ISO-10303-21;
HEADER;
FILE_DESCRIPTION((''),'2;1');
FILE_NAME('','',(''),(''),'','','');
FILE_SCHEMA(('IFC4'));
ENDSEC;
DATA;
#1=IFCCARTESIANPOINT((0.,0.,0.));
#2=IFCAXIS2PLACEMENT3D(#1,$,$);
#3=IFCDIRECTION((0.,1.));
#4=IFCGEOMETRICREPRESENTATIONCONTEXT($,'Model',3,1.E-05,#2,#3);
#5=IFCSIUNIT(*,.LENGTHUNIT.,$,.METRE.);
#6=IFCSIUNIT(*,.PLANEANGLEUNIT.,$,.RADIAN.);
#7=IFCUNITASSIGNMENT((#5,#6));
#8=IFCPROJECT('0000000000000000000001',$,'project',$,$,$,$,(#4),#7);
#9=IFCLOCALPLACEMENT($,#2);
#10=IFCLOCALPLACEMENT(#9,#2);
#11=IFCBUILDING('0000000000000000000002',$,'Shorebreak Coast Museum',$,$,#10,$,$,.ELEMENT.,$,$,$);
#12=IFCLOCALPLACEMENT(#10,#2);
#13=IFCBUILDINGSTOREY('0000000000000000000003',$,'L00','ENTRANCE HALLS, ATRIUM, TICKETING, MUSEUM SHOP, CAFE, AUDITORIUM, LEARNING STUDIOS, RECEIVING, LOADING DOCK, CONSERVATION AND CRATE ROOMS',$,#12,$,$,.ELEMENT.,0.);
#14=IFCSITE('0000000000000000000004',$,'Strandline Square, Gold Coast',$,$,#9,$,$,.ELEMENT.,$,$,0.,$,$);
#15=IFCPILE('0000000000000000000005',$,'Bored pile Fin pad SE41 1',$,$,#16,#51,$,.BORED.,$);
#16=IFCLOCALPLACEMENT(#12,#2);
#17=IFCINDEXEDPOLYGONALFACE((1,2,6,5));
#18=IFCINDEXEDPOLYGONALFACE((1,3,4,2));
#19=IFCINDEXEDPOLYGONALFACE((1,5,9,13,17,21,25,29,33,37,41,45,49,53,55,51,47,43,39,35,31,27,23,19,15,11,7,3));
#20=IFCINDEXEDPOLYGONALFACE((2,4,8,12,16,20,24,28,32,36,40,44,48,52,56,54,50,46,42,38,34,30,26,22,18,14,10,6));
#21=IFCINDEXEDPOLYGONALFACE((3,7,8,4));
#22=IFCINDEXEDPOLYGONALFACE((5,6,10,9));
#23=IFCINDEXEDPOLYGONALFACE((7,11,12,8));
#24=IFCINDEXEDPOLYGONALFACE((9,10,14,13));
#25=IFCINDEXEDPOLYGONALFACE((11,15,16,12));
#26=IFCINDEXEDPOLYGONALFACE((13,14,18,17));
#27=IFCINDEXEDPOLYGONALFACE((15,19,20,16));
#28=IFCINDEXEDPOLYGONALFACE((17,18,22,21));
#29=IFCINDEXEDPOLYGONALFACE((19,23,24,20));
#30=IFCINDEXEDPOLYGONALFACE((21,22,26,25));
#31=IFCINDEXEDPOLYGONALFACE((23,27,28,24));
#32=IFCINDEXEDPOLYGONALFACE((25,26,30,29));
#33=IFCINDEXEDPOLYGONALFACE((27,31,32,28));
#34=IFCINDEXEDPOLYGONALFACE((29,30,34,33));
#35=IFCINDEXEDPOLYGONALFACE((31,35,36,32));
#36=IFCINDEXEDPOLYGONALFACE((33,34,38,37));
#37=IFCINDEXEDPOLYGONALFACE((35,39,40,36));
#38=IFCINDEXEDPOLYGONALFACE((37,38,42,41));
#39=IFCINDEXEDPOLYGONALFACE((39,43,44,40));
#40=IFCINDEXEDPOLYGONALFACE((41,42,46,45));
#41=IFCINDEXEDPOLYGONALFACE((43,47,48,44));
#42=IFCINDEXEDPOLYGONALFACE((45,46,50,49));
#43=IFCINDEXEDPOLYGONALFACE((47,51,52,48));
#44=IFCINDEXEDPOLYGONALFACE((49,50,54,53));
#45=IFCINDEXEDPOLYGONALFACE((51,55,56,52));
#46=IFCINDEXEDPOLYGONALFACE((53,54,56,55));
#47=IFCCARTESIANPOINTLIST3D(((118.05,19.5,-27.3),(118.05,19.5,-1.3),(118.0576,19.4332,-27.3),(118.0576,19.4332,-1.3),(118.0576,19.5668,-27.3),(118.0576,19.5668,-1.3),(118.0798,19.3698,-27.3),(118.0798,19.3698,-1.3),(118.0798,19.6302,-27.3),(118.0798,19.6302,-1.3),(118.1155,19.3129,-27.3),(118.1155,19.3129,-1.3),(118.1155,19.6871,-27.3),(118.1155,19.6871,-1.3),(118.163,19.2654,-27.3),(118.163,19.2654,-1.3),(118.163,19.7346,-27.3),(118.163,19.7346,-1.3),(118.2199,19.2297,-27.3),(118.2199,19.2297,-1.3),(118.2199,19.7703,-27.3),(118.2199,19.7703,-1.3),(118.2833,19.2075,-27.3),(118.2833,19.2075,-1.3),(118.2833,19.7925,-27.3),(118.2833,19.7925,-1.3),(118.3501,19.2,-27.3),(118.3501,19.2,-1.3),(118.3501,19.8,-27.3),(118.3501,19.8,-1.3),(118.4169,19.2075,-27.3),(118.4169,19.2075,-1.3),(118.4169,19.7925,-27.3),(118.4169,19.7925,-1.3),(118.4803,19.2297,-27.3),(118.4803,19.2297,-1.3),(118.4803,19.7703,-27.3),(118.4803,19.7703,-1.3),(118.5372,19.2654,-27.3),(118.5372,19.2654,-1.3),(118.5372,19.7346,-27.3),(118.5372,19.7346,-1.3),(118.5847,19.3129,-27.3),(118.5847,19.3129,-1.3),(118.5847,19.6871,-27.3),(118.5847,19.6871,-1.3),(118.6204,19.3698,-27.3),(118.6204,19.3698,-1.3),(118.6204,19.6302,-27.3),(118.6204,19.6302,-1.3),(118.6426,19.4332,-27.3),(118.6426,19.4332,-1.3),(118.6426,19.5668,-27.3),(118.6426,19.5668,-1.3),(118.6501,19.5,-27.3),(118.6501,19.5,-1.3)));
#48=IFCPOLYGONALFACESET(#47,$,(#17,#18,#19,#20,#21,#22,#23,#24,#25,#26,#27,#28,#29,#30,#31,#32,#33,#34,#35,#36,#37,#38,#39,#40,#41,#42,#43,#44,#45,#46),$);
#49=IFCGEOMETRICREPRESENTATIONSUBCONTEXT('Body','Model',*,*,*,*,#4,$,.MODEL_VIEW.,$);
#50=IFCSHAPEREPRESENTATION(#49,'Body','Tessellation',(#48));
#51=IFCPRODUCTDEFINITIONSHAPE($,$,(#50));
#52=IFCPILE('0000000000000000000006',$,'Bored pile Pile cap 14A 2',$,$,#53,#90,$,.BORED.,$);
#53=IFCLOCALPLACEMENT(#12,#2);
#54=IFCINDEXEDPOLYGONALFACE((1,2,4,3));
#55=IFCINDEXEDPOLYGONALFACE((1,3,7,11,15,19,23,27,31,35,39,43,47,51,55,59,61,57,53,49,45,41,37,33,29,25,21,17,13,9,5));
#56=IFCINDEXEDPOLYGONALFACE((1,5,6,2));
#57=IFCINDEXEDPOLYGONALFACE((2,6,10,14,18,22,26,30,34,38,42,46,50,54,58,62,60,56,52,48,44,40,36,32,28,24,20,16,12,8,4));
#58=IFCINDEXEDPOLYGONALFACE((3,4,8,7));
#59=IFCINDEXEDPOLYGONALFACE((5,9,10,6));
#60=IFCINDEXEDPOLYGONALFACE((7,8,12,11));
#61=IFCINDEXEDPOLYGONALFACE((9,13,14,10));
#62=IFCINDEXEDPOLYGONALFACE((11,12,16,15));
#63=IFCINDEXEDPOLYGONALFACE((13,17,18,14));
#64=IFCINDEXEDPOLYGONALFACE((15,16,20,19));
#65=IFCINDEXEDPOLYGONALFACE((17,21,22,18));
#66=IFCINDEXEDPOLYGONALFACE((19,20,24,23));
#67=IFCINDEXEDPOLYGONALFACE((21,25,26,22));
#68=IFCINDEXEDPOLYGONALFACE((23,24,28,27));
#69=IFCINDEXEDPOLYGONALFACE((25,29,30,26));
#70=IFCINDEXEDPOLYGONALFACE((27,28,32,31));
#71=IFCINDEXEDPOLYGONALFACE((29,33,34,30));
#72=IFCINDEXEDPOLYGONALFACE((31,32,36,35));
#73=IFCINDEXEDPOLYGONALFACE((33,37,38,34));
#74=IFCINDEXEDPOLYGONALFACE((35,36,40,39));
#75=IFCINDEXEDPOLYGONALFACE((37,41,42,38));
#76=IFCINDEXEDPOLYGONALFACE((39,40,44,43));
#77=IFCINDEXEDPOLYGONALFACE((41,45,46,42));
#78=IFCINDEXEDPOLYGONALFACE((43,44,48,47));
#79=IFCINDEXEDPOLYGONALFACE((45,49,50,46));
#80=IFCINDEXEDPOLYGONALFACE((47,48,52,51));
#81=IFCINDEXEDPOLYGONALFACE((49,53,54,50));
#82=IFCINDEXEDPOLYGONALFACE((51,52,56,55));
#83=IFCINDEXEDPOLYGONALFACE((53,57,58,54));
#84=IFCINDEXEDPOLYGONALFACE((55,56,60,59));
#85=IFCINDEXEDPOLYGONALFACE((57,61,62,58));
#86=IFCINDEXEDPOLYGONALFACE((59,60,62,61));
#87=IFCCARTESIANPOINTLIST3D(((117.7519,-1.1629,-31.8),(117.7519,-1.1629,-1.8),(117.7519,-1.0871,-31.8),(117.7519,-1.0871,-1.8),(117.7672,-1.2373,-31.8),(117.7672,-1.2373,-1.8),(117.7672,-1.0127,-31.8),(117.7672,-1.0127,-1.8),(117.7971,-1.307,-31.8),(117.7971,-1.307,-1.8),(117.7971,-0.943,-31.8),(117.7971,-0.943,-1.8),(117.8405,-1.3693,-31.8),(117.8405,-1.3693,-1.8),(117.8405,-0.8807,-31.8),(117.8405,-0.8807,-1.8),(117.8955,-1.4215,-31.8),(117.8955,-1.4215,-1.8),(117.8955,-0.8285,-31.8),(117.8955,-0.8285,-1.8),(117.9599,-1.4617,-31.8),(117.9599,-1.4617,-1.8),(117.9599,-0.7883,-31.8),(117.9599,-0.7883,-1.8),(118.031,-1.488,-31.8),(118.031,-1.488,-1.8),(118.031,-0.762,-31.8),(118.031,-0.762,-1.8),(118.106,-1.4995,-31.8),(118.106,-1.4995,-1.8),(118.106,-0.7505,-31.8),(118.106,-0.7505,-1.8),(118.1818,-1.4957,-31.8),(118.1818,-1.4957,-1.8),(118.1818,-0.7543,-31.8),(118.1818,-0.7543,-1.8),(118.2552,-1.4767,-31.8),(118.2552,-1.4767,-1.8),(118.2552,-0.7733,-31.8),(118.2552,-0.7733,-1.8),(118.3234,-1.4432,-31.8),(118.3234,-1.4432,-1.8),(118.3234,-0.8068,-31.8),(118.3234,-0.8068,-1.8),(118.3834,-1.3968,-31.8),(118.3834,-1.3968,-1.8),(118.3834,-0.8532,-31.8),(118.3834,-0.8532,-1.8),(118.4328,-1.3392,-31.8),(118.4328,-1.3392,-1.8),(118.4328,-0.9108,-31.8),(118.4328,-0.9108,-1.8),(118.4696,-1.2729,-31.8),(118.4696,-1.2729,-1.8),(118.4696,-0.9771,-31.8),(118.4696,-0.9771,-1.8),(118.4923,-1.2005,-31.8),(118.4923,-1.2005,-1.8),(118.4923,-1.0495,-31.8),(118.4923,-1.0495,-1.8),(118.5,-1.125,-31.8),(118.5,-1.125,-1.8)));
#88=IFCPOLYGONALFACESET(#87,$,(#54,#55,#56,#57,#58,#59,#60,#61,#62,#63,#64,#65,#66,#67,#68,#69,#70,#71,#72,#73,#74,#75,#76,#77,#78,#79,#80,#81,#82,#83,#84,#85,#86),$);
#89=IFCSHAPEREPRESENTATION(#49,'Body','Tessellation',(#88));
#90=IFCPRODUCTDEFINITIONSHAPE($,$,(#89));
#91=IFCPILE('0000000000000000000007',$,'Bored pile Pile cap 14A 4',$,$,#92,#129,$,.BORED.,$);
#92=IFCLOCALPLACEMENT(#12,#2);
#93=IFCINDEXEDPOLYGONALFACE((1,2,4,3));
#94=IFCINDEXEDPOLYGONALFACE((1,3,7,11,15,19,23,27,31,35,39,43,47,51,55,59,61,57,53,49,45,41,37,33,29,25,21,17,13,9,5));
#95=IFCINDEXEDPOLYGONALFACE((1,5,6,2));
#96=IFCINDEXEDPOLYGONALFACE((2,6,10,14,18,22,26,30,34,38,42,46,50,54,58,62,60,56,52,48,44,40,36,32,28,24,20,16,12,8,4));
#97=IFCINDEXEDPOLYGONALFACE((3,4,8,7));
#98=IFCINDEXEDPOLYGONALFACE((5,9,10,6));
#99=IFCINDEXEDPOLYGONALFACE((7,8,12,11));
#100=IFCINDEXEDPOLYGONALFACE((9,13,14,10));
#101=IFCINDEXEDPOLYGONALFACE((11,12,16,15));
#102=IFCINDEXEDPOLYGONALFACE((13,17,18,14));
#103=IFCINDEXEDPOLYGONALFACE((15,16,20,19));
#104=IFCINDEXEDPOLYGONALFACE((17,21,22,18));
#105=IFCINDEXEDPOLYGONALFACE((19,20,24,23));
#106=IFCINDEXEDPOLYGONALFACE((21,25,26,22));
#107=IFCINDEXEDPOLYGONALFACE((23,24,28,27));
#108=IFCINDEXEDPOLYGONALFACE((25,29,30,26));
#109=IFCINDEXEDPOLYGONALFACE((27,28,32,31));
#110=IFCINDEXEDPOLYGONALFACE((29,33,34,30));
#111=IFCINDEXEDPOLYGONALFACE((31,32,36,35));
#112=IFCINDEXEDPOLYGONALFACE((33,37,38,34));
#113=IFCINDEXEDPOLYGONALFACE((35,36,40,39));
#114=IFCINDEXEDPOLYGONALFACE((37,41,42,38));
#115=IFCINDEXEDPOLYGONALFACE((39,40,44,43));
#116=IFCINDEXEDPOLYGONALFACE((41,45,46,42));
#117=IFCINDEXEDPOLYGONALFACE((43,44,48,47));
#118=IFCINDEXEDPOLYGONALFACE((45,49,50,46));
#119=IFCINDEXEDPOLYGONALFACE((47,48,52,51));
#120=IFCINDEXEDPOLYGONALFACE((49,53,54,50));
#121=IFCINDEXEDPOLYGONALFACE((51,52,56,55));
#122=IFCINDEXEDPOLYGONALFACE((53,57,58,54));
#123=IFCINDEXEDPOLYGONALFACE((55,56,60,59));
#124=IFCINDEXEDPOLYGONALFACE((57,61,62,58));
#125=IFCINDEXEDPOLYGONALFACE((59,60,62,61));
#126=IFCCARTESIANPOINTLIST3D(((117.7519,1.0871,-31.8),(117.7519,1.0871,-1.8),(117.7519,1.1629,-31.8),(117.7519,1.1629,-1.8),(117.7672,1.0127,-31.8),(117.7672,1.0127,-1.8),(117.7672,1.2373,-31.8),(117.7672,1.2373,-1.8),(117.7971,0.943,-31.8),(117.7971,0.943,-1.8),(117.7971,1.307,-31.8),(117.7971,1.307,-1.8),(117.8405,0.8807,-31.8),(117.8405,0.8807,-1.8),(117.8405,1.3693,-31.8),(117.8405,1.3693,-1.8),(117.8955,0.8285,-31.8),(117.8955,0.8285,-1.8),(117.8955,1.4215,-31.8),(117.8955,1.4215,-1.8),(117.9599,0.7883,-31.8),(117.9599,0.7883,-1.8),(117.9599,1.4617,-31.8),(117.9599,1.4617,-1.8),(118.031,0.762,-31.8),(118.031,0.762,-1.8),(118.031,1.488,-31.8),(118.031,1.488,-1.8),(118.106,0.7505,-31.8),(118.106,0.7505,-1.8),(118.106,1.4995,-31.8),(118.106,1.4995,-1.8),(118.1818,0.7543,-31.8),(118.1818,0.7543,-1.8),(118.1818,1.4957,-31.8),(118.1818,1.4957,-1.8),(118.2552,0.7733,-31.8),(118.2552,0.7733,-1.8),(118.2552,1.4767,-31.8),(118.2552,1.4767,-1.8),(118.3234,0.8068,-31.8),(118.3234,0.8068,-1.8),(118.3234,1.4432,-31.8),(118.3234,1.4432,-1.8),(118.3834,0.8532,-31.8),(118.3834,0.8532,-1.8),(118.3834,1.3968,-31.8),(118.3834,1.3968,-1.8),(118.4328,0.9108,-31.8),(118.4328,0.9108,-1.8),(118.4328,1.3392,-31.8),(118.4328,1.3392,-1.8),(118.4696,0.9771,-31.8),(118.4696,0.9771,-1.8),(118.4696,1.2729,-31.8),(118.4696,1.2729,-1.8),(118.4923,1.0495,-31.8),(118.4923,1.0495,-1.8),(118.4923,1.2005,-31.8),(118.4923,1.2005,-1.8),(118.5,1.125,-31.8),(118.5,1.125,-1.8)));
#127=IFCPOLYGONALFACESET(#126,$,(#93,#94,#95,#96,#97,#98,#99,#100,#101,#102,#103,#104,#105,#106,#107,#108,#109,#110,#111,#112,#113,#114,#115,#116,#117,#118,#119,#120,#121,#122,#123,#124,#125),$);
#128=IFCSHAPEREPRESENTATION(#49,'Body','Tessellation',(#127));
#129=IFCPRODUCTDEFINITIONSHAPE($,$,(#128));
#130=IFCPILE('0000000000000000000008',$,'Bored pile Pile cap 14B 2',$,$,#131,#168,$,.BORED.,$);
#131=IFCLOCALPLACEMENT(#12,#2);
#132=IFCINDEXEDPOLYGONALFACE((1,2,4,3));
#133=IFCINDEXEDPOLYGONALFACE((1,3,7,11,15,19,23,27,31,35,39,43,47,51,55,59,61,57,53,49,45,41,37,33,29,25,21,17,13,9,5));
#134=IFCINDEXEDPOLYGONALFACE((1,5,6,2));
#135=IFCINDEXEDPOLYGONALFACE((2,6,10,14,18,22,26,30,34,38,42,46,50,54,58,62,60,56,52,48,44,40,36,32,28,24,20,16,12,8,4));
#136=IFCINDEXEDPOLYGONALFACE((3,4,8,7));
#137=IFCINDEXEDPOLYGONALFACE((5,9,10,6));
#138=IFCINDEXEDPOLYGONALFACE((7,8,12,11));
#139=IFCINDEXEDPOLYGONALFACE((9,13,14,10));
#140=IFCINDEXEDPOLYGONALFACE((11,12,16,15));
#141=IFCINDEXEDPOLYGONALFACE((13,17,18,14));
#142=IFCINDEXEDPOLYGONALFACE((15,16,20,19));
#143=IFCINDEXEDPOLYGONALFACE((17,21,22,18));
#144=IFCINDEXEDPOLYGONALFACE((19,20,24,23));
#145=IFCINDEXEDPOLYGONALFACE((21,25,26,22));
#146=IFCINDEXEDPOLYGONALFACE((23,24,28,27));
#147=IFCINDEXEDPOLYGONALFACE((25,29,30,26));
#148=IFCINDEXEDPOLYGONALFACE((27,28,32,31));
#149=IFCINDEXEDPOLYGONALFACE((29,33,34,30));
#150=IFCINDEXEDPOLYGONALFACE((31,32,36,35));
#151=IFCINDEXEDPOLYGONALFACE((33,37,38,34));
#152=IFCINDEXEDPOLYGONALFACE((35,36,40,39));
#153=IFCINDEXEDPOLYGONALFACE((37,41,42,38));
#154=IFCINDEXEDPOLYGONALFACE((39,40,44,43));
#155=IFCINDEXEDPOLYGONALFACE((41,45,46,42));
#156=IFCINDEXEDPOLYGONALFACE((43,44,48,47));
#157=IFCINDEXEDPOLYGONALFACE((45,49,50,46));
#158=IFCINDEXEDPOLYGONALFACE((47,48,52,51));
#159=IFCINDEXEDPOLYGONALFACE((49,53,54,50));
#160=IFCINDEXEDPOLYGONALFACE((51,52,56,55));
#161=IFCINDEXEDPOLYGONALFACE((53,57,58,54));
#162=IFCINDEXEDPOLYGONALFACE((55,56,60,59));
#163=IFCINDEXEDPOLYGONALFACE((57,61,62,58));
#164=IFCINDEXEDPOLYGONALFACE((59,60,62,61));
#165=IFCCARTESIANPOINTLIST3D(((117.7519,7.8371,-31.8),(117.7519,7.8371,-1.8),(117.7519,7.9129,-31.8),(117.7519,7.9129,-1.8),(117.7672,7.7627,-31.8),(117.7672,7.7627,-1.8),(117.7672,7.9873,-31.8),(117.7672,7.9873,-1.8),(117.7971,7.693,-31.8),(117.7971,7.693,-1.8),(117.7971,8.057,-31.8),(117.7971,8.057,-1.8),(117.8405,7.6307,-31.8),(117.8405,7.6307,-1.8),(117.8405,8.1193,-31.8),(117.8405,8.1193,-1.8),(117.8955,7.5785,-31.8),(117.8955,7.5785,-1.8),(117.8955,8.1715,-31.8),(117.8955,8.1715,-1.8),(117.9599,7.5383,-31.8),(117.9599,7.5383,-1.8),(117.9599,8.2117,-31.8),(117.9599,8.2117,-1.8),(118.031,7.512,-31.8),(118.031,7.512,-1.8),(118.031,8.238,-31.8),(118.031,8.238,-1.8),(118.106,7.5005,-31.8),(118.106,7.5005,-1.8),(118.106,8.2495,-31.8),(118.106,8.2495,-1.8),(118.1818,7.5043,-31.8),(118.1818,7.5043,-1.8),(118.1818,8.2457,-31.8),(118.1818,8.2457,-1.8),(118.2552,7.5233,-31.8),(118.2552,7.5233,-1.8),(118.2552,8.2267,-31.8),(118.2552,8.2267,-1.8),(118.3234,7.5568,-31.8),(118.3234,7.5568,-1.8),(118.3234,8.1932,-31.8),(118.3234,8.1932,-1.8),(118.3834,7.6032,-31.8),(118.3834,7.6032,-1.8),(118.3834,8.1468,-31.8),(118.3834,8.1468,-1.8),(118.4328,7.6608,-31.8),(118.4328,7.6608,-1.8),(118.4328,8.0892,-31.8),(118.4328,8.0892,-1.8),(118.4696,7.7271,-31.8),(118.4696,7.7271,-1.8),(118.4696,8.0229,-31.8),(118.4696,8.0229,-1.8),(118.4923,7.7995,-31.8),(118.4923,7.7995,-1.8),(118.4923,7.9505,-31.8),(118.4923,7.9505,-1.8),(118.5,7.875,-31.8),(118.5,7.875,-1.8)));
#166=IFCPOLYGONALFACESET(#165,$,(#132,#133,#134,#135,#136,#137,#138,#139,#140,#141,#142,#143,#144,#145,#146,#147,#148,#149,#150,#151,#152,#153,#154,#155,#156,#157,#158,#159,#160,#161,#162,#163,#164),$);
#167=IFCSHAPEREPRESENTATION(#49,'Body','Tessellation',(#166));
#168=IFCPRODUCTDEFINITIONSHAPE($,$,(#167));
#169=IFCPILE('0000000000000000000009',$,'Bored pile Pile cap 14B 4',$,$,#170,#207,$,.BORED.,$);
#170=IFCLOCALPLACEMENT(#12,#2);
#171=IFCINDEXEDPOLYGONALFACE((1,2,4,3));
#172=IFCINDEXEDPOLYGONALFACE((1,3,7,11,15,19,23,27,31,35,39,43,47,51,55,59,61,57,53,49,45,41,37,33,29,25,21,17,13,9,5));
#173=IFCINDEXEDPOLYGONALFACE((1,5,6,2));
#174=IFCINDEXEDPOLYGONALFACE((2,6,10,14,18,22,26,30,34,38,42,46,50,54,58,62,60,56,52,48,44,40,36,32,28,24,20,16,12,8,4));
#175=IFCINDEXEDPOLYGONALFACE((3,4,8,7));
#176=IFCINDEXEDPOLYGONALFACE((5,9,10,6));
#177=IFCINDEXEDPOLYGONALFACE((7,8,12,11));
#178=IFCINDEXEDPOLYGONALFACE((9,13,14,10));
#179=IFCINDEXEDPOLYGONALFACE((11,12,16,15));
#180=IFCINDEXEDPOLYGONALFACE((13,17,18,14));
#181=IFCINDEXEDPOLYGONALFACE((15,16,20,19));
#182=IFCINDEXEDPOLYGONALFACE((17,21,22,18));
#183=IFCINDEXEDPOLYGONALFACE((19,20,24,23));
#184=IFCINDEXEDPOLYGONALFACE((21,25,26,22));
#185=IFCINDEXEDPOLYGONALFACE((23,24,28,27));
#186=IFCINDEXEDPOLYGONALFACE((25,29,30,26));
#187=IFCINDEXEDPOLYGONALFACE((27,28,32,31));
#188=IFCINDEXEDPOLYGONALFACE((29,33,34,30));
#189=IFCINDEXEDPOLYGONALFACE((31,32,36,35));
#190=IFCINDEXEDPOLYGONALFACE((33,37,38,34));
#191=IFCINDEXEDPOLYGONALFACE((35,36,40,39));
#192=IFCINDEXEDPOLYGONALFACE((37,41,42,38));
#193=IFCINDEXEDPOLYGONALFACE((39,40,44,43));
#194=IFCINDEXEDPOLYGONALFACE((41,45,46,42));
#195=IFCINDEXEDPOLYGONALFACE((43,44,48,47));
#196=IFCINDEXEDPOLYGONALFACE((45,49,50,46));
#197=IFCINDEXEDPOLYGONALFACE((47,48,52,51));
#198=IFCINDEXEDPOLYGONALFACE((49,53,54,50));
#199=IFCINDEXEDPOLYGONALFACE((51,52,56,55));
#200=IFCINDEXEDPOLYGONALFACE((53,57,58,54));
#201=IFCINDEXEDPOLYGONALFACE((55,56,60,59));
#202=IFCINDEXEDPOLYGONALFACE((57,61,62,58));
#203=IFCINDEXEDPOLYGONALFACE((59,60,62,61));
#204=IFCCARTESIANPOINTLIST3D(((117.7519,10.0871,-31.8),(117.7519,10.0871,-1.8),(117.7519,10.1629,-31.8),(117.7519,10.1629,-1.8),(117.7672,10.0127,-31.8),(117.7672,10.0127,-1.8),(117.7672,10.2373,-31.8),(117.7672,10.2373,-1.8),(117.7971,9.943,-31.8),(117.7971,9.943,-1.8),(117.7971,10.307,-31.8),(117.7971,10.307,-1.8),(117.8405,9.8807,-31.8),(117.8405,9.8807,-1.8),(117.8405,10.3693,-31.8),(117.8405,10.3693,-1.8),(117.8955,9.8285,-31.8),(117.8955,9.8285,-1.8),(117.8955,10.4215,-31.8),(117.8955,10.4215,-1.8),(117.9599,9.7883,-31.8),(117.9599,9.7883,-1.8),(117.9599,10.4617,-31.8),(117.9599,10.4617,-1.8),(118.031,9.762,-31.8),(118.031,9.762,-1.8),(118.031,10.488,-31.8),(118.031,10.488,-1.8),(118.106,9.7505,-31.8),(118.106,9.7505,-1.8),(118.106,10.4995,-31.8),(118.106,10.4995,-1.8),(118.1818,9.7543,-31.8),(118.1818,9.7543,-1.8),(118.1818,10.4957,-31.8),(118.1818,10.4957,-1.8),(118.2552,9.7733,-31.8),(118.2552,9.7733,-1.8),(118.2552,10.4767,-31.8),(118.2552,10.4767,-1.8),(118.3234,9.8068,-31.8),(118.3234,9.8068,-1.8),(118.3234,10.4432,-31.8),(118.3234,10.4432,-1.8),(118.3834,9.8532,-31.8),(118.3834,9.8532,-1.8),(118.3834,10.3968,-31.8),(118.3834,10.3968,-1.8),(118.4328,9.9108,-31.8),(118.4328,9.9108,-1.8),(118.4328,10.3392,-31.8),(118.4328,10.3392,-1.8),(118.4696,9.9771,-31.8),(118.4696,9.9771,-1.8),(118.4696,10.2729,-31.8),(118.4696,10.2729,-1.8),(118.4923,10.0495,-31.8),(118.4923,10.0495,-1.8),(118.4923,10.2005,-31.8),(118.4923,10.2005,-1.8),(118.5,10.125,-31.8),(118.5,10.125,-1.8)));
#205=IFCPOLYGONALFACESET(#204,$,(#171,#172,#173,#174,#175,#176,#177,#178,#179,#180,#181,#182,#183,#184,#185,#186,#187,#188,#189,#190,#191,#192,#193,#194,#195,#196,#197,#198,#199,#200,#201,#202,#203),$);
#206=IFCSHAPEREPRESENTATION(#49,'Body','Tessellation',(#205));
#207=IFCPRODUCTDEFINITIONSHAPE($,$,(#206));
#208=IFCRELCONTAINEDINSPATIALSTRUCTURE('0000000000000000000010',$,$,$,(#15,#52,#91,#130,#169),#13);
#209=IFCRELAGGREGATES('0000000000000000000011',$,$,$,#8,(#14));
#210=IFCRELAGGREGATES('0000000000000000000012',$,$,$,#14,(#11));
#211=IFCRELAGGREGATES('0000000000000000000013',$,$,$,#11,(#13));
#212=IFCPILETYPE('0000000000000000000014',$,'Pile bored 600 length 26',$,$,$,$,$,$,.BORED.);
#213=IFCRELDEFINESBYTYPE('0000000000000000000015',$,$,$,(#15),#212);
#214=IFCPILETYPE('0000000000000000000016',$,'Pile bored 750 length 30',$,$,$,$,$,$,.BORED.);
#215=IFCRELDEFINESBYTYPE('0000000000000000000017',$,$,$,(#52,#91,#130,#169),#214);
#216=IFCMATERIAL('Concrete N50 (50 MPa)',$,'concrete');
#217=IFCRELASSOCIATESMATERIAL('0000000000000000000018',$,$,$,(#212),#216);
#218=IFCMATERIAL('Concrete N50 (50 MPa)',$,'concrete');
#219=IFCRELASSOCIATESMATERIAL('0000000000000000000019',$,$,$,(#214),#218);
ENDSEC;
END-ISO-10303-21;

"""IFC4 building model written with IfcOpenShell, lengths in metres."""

from ifc_helpers import new_model, si_unit, direction, frame, origin, origin_2d, place, context, subcontext, project, spatial, circle, extrude, material, material_profile, profile_set, type_object, element, save


model = new_model("IFC4")

# Units and contexts
model_context = context("Model", 3, precision=1e-05, world=origin(), true_north=direction((0.0, 1.0)))
body_context = subcontext(model_context, "Body", "Model", "MODEL_VIEW")
ifc_project = project(units=[si_unit("LENGTHUNIT", "METRE"), si_unit("PLANEANGLEUNIT", "RADIAN")], contexts=[model_context])

# Site, building, storey
site_placement = place(None, origin())
site = spatial("IfcSite", under=ifc_project, at=site_placement, Name="Strandline Square, Gold Coast", CompositionType="ELEMENT", RefElevation=0.0)
building_placement = place(site_placement, origin())
building = spatial("IfcBuilding", under=site, at=building_placement, Name="Shorebreak Coast Museum", CompositionType="ELEMENT")
storey_placement = place(building_placement, origin())
storey = spatial("IfcBuildingStorey", under=building, at=storey_placement, Name="L00", Description="ENTRANCE HALLS, ATRIUM, TICKETING, MUSEUM SHOP, CAFE, AUDITORIUM, LEARNING STUDIOS, RECEIVING, LOADING DOCK, CONSERVATION AND CRATE ROOMS", CompositionType="ELEMENT", Elevation=0.0)

# Piles
ifc_material_1 = material(Name="Concrete N50 (50 MPa)", Category="concrete")
ifc_material_profile_1 = material_profile(ifc_material_1, circle(Radius=0.3, at=origin_2d()), Name="Pile bored 600 length 26")
ifc_profile_set_1 = profile_set([ifc_material_profile_1], Name="Concrete N50 (50 MPa)")
pile_type_1 = type_object("IfcPileType", Name="Pile bored 600 length 26", PredefinedType="BORED", material=ifc_profile_set_1)
for number, where, z_axis, x_axis, name in (
    (1, (118.3501, 19.5, -1.3), (0.0, 0.0, -1.0), (1.0, 0.0, 0.0), "Bored pile Fin pad SE41 1"),
):
    element("IfcPile", number, at=place(storey_placement, frame(where, z_axis=z_axis, x_axis=x_axis)), inside=storey, type_object=pile_type_1, Name=name, PredefinedType="BORED", context=body_context, shape_type="SweptSolid", body=[
        extrude(circle(Radius=0.3, at=origin_2d()), origin(), (0.0, 0.0, 1.0), 26.0),
    ])
ifc_material_2 = material(Name="Concrete N50 (50 MPa)", Category="concrete")
ifc_material_profile_2 = material_profile(ifc_material_2, circle(Radius=0.375, at=origin_2d()), Name="Pile bored 750 length 30")
ifc_profile_set_2 = profile_set([ifc_material_profile_2], Name="Concrete N50 (50 MPa)")
pile_type_2 = type_object("IfcPileType", Name="Pile bored 750 length 30", PredefinedType="BORED", material=ifc_profile_set_2)
for number, where, z_axis, x_axis, name in (
    (2, (118.125, -1.125, -1.8), (0.0, 0.0, -1.0), (1.0, 0.0, 0.0), "Bored pile Pile cap 14A 2"),
    (3, (118.125, 1.125, -1.8), (0.0, 0.0, -1.0), (1.0, 0.0, 0.0), "Bored pile Pile cap 14A 4"),
    (4, (118.125, 7.875, -1.8), (0.0, 0.0, -1.0), (1.0, 0.0, 0.0), "Bored pile Pile cap 14B 2"),
    (5, (118.125, 10.125, -1.8), (0.0, 0.0, -1.0), (1.0, 0.0, 0.0), "Bored pile Pile cap 14B 4"),
):
    element("IfcPile", number, at=place(storey_placement, frame(where, z_axis=z_axis, x_axis=x_axis)), inside=storey, type_object=pile_type_2, Name=name, PredefinedType="BORED", context=body_context, shape_type="SweptSolid", body=[
        extrude(circle(Radius=0.375, at=origin_2d()), origin(), (0.0, 0.0, 1.0), 30.0),
    ])

save(model, "model.ifc")
